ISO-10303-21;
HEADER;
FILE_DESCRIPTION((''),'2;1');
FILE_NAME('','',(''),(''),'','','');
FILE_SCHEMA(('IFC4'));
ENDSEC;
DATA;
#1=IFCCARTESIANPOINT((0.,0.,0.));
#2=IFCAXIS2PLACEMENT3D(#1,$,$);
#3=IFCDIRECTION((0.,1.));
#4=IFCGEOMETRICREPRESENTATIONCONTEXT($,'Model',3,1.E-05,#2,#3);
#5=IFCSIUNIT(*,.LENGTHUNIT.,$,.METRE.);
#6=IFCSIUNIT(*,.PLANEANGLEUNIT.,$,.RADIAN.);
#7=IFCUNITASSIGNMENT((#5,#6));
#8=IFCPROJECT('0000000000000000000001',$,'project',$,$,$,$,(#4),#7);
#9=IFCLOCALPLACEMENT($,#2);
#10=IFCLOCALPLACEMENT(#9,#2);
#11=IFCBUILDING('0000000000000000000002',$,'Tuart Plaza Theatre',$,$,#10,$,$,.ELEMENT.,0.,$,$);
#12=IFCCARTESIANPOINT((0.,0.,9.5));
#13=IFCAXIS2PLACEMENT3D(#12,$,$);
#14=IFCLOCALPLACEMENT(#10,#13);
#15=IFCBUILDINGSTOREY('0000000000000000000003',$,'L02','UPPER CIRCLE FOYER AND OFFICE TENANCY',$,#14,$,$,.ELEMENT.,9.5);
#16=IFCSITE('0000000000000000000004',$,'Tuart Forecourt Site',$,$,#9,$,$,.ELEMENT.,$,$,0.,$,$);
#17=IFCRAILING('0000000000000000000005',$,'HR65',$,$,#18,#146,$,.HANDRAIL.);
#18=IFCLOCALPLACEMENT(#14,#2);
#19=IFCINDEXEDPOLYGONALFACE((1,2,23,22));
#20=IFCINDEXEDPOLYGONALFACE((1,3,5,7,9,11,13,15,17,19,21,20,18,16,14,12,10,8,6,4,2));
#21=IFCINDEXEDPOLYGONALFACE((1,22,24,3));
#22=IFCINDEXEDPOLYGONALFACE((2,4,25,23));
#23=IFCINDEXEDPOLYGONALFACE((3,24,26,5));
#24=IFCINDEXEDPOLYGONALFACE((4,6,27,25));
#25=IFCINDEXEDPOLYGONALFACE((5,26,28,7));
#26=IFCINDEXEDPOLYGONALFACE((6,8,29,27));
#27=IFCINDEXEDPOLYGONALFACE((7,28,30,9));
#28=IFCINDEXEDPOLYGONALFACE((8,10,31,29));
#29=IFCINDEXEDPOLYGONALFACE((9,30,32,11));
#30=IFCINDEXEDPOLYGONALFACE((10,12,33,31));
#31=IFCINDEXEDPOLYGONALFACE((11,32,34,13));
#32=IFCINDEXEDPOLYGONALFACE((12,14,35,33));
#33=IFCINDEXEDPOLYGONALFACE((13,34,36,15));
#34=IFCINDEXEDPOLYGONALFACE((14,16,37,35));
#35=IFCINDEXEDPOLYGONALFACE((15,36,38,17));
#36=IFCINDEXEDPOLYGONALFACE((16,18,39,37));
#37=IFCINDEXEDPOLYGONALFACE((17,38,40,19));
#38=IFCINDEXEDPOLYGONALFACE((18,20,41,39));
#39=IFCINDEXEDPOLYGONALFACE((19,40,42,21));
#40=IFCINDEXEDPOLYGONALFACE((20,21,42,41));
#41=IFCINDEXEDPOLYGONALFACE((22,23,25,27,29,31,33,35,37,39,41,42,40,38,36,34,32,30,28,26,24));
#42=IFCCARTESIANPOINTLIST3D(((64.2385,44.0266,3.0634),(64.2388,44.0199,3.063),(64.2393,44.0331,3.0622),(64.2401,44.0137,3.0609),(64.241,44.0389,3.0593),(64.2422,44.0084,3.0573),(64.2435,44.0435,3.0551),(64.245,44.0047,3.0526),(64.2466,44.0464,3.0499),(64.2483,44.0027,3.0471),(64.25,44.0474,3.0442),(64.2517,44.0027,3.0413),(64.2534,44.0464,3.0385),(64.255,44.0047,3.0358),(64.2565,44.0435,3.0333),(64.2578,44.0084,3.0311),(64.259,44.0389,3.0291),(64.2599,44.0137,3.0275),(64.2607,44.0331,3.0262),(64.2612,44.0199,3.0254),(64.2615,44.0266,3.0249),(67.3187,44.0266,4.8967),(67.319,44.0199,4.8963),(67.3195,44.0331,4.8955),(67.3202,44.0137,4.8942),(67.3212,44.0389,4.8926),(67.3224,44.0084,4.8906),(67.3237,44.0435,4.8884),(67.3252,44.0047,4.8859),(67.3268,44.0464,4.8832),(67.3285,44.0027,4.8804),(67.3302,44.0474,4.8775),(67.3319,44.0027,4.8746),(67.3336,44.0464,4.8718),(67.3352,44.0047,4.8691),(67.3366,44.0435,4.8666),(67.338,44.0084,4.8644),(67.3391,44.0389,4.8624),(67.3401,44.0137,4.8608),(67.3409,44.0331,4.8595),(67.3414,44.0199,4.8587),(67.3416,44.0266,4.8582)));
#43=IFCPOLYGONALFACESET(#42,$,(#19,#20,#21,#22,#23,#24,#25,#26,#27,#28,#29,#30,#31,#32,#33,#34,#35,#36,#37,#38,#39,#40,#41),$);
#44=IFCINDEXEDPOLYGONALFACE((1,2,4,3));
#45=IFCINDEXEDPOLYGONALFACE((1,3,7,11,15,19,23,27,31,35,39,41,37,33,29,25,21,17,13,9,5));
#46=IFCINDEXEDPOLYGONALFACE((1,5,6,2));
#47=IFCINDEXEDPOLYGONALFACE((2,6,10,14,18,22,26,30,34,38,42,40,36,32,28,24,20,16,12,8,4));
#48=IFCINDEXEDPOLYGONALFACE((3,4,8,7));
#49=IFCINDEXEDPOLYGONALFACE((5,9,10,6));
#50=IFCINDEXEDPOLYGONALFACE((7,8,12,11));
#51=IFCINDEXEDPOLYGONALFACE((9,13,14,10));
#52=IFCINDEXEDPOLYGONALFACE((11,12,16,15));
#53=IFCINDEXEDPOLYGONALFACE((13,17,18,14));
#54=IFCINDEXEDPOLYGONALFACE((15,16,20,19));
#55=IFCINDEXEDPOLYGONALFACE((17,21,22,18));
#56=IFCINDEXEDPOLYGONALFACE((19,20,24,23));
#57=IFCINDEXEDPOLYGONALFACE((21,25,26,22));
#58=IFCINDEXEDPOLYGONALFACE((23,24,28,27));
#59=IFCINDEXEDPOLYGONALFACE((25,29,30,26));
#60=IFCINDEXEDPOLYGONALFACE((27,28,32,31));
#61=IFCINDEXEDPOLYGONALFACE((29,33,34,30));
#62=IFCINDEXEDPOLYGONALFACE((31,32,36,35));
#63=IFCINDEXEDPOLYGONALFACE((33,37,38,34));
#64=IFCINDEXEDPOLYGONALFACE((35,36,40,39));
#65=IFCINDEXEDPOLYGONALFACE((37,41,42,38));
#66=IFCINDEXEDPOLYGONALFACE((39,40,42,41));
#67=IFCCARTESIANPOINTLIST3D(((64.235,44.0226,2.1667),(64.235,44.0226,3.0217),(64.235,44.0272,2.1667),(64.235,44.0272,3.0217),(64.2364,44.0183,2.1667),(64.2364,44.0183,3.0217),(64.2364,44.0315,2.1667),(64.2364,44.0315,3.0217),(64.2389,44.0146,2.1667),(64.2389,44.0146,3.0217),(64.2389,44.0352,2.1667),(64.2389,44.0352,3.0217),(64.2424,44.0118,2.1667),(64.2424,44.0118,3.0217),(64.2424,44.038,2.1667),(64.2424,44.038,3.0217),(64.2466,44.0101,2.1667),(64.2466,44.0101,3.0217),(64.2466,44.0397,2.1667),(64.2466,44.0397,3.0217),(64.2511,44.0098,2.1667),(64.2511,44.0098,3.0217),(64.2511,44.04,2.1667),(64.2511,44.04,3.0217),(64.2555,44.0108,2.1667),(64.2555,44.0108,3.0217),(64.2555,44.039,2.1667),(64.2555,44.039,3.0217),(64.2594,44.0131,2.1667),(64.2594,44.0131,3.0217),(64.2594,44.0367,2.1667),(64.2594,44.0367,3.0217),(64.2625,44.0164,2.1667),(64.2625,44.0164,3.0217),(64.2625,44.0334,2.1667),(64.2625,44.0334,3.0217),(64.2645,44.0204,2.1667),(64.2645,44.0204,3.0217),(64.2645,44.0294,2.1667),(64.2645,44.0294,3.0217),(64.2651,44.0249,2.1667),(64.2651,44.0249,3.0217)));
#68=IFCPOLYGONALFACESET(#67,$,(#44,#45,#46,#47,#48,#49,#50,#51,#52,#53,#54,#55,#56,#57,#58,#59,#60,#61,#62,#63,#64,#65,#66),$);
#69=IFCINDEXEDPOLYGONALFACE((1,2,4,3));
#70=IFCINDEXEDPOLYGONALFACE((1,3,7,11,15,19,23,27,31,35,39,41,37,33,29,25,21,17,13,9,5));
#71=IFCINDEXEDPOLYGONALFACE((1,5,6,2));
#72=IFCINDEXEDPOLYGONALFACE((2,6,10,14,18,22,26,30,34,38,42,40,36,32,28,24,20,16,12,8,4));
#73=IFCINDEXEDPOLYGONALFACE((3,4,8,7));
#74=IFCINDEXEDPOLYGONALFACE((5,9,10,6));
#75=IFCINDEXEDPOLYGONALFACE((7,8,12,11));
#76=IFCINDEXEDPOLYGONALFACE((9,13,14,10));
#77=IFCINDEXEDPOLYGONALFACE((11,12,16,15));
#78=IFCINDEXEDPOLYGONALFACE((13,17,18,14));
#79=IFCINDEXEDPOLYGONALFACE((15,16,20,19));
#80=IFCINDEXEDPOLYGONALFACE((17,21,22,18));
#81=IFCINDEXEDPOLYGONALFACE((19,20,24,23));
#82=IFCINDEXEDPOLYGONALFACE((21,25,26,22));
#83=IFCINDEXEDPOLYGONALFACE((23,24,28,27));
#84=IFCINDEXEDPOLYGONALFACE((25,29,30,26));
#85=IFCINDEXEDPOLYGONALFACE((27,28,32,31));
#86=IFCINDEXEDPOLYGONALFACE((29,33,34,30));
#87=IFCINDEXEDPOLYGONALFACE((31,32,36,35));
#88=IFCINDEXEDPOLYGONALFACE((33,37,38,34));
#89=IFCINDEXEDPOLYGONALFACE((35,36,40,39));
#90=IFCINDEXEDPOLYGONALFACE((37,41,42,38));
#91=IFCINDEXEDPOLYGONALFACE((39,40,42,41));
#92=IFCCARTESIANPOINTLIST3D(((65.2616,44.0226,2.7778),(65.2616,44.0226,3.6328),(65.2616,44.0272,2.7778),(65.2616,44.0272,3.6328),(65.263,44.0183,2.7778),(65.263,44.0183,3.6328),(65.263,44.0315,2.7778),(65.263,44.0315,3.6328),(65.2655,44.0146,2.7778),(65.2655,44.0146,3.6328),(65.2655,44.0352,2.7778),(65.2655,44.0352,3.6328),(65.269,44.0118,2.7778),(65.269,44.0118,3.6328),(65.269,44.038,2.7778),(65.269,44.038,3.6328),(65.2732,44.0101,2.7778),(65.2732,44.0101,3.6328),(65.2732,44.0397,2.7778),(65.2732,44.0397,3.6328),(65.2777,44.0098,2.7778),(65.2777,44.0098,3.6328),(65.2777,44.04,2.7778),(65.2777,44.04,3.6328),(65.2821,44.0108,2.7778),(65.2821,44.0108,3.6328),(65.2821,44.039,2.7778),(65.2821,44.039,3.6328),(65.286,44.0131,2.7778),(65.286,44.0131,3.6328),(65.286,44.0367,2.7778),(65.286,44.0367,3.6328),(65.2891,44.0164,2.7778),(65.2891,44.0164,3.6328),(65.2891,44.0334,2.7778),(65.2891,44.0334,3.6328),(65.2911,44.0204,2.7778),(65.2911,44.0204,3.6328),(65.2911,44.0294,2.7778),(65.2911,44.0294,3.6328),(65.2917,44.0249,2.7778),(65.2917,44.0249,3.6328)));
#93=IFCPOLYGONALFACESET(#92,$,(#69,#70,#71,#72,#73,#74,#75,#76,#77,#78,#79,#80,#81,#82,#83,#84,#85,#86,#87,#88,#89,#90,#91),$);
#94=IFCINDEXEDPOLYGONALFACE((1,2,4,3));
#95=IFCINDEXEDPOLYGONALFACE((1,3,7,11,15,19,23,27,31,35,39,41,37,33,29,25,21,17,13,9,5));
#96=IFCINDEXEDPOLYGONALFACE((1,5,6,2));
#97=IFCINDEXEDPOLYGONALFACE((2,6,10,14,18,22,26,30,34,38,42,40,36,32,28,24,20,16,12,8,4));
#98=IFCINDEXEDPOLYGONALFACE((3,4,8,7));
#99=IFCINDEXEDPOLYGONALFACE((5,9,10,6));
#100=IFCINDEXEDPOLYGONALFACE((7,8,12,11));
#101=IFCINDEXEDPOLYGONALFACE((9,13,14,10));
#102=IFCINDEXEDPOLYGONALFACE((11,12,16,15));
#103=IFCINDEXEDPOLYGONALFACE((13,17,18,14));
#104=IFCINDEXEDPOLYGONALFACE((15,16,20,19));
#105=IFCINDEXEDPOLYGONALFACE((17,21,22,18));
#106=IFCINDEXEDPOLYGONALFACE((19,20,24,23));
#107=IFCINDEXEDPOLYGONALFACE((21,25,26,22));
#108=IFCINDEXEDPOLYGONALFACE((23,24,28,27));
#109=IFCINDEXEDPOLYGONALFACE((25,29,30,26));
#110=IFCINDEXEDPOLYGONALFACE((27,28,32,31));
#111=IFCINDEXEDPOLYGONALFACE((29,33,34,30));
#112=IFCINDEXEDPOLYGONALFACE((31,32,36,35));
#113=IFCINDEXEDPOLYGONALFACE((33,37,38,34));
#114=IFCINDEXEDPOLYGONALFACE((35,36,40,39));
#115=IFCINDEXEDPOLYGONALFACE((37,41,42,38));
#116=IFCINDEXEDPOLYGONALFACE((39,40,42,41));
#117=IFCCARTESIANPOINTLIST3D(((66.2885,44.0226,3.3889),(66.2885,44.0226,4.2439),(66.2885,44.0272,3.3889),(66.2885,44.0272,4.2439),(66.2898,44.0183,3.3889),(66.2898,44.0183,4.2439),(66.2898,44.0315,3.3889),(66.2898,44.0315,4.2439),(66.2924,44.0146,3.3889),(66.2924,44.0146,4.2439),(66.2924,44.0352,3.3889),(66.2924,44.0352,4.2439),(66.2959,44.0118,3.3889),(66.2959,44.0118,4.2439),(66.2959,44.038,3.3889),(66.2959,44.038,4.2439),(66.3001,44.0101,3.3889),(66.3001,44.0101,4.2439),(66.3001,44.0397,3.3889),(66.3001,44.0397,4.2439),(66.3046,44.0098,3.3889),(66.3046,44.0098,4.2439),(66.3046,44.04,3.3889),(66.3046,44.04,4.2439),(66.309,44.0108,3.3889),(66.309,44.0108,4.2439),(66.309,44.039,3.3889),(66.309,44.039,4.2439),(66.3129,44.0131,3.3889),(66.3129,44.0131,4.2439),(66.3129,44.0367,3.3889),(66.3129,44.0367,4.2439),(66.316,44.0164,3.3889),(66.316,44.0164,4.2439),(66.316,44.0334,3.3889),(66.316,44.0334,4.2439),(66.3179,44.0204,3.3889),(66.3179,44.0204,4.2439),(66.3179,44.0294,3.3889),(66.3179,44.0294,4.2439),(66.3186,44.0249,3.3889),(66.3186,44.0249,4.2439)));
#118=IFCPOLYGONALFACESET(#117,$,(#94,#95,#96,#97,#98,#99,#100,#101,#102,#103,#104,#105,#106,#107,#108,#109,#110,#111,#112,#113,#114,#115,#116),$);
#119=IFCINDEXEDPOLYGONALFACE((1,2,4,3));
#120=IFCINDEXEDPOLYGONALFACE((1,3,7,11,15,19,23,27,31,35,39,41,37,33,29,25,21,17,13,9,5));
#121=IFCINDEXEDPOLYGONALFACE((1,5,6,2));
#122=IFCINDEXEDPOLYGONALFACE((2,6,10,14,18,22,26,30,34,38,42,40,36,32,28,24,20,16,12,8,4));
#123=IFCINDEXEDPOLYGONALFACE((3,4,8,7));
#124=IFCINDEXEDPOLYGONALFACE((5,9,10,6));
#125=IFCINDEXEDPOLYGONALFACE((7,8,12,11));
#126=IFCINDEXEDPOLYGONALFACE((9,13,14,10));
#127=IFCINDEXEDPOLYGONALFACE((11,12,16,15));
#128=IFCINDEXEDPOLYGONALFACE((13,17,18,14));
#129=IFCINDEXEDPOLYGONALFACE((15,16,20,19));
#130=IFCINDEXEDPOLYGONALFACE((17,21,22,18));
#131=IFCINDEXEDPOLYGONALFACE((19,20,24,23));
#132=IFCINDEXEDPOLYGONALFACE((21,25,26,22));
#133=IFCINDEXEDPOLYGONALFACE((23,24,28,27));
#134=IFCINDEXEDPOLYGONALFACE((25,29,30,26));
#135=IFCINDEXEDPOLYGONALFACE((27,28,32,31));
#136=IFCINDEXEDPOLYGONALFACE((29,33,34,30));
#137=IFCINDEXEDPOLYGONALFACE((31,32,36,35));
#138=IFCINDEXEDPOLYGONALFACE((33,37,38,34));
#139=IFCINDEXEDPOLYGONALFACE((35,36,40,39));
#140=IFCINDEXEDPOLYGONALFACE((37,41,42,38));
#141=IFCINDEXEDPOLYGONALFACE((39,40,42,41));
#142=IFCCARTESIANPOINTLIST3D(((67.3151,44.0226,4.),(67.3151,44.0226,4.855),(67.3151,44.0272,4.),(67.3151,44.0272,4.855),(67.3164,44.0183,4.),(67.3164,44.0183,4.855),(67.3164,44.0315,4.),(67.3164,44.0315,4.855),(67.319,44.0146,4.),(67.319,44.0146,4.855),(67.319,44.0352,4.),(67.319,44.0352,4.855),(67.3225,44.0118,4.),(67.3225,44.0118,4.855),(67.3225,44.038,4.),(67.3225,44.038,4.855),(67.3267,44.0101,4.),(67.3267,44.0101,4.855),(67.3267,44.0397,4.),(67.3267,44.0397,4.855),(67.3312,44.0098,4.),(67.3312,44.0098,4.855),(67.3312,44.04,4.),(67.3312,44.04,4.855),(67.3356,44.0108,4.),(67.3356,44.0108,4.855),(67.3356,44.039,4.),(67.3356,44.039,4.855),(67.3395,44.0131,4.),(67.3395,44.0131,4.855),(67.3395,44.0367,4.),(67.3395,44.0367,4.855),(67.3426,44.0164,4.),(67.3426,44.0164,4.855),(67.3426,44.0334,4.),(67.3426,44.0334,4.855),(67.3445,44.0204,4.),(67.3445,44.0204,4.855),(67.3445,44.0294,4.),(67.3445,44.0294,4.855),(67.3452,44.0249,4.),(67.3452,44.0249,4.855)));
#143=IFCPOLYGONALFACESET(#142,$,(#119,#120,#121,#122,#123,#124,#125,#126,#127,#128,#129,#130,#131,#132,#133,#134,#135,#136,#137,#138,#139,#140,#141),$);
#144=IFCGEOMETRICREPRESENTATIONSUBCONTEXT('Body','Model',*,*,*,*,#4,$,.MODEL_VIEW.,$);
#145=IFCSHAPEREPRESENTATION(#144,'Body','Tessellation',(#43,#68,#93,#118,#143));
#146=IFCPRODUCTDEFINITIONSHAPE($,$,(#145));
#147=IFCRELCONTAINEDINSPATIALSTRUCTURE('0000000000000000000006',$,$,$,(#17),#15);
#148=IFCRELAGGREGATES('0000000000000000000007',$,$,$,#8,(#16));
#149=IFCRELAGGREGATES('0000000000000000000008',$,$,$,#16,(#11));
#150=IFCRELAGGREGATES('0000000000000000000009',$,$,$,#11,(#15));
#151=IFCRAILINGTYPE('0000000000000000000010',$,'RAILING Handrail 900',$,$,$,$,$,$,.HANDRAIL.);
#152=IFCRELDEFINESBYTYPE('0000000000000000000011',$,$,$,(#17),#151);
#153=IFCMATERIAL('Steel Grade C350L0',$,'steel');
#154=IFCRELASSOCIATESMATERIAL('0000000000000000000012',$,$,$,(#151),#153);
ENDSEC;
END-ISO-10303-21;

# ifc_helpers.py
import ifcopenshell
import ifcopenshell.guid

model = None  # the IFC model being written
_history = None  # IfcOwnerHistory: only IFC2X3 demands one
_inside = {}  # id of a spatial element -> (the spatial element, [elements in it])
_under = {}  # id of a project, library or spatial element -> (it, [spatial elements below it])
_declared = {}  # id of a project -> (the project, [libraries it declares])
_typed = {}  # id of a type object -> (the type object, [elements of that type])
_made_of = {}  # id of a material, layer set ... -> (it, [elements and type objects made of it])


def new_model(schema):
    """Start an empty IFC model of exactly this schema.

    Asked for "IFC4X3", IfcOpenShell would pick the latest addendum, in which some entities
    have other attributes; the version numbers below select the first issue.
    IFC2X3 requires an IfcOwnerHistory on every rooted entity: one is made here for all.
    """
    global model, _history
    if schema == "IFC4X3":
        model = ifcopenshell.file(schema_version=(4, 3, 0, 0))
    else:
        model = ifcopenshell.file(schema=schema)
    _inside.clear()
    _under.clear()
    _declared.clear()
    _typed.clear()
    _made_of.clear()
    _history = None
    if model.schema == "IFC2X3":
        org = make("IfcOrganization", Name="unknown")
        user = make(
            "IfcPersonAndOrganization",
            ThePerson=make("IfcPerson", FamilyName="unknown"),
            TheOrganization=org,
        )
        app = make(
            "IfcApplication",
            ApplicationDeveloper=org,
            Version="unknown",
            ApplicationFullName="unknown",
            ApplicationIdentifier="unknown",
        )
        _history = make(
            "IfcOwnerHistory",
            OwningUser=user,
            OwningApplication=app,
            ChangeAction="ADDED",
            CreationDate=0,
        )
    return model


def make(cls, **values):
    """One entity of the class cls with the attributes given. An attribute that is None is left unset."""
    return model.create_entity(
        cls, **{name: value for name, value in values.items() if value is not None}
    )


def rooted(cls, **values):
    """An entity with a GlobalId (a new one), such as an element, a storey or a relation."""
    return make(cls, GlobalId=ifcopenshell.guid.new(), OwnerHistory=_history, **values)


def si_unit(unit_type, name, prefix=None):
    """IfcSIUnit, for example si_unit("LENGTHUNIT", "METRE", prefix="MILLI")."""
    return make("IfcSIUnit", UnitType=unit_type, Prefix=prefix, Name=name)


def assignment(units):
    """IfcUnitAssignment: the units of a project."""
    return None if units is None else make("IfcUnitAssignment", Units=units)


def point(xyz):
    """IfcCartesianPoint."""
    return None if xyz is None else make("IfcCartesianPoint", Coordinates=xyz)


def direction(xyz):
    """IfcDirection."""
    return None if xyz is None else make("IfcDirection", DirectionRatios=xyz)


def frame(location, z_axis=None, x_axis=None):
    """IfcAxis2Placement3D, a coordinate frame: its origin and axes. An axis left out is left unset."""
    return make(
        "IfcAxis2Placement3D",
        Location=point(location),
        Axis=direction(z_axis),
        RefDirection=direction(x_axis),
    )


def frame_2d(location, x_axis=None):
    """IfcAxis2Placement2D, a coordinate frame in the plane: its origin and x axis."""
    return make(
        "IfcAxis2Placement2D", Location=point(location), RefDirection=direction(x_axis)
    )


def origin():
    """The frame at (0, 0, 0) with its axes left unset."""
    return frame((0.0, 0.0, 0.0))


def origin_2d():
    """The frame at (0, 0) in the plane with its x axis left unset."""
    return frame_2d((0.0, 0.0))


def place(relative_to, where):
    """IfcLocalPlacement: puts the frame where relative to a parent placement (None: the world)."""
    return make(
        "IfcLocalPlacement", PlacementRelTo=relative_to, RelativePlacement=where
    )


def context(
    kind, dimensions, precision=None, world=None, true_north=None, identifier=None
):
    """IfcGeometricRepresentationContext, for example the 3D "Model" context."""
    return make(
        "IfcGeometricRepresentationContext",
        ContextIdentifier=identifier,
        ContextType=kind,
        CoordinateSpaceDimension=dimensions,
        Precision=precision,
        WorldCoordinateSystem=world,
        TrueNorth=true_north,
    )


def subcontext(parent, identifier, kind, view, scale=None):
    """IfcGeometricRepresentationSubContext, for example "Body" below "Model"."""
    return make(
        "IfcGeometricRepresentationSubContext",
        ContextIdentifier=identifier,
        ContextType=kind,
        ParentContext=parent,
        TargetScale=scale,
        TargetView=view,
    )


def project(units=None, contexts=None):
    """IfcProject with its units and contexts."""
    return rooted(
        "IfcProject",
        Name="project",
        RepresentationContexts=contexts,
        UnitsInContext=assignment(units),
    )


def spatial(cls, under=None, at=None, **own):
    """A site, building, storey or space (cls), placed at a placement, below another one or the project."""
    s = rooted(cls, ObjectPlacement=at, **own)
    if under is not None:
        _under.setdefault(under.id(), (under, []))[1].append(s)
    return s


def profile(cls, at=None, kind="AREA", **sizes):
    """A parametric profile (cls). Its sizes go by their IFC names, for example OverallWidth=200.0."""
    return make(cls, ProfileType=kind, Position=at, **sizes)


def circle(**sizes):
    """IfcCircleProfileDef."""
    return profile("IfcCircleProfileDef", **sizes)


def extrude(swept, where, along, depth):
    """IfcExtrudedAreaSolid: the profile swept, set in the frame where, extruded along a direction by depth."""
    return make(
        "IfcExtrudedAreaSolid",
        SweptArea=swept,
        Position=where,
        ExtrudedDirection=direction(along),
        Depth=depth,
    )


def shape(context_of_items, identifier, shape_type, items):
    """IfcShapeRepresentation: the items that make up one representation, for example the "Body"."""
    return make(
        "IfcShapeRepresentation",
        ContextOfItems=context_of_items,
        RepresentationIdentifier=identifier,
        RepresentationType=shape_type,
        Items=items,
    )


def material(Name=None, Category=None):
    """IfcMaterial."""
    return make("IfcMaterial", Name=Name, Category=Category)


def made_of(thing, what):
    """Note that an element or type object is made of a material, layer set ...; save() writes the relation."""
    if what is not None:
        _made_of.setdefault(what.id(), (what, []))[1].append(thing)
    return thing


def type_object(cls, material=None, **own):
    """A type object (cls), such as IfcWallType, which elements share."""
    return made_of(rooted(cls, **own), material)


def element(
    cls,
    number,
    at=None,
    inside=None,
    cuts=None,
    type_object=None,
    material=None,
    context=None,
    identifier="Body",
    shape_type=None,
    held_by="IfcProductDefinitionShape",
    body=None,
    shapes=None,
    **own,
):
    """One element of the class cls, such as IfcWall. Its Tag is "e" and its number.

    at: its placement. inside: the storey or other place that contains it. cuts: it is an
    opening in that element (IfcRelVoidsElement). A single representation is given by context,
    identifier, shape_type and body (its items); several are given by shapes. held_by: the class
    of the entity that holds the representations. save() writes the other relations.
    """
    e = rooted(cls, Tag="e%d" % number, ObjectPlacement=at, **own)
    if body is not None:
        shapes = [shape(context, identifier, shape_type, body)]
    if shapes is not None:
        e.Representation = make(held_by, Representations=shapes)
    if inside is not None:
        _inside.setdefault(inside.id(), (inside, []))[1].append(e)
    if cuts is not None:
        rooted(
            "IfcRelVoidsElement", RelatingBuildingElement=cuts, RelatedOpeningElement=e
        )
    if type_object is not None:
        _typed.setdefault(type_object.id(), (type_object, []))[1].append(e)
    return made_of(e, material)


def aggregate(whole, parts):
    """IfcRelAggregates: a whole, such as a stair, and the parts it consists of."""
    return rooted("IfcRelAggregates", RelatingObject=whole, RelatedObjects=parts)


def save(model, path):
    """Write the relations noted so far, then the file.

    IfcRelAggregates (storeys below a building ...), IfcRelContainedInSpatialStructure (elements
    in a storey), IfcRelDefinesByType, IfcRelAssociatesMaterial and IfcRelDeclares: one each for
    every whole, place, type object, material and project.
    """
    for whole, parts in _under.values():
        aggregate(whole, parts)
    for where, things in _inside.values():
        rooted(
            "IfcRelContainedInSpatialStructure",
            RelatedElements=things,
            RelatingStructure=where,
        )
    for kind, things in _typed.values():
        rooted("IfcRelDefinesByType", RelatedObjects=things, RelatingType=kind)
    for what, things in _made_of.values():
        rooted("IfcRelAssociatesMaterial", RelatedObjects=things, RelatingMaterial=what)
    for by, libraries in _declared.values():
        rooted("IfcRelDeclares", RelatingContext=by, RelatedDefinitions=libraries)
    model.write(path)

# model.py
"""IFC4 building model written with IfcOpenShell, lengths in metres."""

from ifc_helpers import new_model, si_unit, direction, frame, origin, origin_2d, place, context, subcontext, project, spatial, circle, extrude, material, type_object, element, save


model = new_model("IFC4")

# Units and contexts
model_context = context("Model", 3, precision=1e-05, world=origin(), true_north=direction((0.0, 1.0)))
body_context = subcontext(model_context, "Body", "Model", "MODEL_VIEW")
ifc_project = project(units=[si_unit("LENGTHUNIT", "METRE"), si_unit("PLANEANGLEUNIT", "RADIAN")], contexts=[model_context])

# Site, building, storey
site_placement = place(None, origin())
site = spatial("IfcSite", under=ifc_project, at=site_placement, Name="Tuart Forecourt Site", CompositionType="ELEMENT", RefElevation=0.0)
building_placement = place(site_placement, origin())
building = spatial("IfcBuilding", under=site, at=building_placement, Name="Tuart Plaza Theatre", CompositionType="ELEMENT", ElevationOfRefHeight=0.0)
storey_placement = place(building_placement, frame((0.0, 0.0, 9.5)))
storey = spatial("IfcBuildingStorey", under=building, at=storey_placement, Name="L02", Description="UPPER CIRCLE FOYER AND OFFICE TENANCY", CompositionType="ELEMENT", Elevation=9.5)

# Railing
ifc_material_1 = material(Name="Steel Grade C350L0", Category="steel")
railing_type_1 = type_object("IfcRailingType", Name="RAILING Handrail 900", PredefinedType="HANDRAIL", material=ifc_material_1)
for number, where, name in (
    (1, (64.25, 44.0249, 2.1667), "HR65"),
):
    element("IfcRailing", number, at=place(storey_placement, frame(where)), inside=storey, type_object=railing_type_1, Name=name, PredefinedType="HANDRAIL", context=body_context, shape_type="SweptSolid", body=[
        extrude(circle(Radius=0.0225, at=origin_2d()), frame((0.0, 0.0, 0.8774), z_axis=(0.859309, 0.0, 0.511458), x_axis=(0.0, 1.0, 0.0)), (0.0, 0.0, 1.0), 3.5845),
        extrude(circle(Radius=0.0151, at=origin_2d()), origin(), (0.0, 0.0, 1.0), 0.855),
        extrude(circle(Radius=0.0151, at=origin_2d()), frame((1.0266, 0.0, 0.6111)), (0.0, 0.0, 1.0), 0.855),
        extrude(circle(Radius=0.0151, at=origin_2d()), frame((2.0535, 0.0, 1.2222)), (0.0, 0.0, 1.0), 0.855),
        extrude(circle(Radius=0.0151, at=origin_2d()), frame((3.0801, 0.0, 1.8333)), (0.0, 0.0, 1.0), 0.855),
    ])

save(model, "model.ifc")
